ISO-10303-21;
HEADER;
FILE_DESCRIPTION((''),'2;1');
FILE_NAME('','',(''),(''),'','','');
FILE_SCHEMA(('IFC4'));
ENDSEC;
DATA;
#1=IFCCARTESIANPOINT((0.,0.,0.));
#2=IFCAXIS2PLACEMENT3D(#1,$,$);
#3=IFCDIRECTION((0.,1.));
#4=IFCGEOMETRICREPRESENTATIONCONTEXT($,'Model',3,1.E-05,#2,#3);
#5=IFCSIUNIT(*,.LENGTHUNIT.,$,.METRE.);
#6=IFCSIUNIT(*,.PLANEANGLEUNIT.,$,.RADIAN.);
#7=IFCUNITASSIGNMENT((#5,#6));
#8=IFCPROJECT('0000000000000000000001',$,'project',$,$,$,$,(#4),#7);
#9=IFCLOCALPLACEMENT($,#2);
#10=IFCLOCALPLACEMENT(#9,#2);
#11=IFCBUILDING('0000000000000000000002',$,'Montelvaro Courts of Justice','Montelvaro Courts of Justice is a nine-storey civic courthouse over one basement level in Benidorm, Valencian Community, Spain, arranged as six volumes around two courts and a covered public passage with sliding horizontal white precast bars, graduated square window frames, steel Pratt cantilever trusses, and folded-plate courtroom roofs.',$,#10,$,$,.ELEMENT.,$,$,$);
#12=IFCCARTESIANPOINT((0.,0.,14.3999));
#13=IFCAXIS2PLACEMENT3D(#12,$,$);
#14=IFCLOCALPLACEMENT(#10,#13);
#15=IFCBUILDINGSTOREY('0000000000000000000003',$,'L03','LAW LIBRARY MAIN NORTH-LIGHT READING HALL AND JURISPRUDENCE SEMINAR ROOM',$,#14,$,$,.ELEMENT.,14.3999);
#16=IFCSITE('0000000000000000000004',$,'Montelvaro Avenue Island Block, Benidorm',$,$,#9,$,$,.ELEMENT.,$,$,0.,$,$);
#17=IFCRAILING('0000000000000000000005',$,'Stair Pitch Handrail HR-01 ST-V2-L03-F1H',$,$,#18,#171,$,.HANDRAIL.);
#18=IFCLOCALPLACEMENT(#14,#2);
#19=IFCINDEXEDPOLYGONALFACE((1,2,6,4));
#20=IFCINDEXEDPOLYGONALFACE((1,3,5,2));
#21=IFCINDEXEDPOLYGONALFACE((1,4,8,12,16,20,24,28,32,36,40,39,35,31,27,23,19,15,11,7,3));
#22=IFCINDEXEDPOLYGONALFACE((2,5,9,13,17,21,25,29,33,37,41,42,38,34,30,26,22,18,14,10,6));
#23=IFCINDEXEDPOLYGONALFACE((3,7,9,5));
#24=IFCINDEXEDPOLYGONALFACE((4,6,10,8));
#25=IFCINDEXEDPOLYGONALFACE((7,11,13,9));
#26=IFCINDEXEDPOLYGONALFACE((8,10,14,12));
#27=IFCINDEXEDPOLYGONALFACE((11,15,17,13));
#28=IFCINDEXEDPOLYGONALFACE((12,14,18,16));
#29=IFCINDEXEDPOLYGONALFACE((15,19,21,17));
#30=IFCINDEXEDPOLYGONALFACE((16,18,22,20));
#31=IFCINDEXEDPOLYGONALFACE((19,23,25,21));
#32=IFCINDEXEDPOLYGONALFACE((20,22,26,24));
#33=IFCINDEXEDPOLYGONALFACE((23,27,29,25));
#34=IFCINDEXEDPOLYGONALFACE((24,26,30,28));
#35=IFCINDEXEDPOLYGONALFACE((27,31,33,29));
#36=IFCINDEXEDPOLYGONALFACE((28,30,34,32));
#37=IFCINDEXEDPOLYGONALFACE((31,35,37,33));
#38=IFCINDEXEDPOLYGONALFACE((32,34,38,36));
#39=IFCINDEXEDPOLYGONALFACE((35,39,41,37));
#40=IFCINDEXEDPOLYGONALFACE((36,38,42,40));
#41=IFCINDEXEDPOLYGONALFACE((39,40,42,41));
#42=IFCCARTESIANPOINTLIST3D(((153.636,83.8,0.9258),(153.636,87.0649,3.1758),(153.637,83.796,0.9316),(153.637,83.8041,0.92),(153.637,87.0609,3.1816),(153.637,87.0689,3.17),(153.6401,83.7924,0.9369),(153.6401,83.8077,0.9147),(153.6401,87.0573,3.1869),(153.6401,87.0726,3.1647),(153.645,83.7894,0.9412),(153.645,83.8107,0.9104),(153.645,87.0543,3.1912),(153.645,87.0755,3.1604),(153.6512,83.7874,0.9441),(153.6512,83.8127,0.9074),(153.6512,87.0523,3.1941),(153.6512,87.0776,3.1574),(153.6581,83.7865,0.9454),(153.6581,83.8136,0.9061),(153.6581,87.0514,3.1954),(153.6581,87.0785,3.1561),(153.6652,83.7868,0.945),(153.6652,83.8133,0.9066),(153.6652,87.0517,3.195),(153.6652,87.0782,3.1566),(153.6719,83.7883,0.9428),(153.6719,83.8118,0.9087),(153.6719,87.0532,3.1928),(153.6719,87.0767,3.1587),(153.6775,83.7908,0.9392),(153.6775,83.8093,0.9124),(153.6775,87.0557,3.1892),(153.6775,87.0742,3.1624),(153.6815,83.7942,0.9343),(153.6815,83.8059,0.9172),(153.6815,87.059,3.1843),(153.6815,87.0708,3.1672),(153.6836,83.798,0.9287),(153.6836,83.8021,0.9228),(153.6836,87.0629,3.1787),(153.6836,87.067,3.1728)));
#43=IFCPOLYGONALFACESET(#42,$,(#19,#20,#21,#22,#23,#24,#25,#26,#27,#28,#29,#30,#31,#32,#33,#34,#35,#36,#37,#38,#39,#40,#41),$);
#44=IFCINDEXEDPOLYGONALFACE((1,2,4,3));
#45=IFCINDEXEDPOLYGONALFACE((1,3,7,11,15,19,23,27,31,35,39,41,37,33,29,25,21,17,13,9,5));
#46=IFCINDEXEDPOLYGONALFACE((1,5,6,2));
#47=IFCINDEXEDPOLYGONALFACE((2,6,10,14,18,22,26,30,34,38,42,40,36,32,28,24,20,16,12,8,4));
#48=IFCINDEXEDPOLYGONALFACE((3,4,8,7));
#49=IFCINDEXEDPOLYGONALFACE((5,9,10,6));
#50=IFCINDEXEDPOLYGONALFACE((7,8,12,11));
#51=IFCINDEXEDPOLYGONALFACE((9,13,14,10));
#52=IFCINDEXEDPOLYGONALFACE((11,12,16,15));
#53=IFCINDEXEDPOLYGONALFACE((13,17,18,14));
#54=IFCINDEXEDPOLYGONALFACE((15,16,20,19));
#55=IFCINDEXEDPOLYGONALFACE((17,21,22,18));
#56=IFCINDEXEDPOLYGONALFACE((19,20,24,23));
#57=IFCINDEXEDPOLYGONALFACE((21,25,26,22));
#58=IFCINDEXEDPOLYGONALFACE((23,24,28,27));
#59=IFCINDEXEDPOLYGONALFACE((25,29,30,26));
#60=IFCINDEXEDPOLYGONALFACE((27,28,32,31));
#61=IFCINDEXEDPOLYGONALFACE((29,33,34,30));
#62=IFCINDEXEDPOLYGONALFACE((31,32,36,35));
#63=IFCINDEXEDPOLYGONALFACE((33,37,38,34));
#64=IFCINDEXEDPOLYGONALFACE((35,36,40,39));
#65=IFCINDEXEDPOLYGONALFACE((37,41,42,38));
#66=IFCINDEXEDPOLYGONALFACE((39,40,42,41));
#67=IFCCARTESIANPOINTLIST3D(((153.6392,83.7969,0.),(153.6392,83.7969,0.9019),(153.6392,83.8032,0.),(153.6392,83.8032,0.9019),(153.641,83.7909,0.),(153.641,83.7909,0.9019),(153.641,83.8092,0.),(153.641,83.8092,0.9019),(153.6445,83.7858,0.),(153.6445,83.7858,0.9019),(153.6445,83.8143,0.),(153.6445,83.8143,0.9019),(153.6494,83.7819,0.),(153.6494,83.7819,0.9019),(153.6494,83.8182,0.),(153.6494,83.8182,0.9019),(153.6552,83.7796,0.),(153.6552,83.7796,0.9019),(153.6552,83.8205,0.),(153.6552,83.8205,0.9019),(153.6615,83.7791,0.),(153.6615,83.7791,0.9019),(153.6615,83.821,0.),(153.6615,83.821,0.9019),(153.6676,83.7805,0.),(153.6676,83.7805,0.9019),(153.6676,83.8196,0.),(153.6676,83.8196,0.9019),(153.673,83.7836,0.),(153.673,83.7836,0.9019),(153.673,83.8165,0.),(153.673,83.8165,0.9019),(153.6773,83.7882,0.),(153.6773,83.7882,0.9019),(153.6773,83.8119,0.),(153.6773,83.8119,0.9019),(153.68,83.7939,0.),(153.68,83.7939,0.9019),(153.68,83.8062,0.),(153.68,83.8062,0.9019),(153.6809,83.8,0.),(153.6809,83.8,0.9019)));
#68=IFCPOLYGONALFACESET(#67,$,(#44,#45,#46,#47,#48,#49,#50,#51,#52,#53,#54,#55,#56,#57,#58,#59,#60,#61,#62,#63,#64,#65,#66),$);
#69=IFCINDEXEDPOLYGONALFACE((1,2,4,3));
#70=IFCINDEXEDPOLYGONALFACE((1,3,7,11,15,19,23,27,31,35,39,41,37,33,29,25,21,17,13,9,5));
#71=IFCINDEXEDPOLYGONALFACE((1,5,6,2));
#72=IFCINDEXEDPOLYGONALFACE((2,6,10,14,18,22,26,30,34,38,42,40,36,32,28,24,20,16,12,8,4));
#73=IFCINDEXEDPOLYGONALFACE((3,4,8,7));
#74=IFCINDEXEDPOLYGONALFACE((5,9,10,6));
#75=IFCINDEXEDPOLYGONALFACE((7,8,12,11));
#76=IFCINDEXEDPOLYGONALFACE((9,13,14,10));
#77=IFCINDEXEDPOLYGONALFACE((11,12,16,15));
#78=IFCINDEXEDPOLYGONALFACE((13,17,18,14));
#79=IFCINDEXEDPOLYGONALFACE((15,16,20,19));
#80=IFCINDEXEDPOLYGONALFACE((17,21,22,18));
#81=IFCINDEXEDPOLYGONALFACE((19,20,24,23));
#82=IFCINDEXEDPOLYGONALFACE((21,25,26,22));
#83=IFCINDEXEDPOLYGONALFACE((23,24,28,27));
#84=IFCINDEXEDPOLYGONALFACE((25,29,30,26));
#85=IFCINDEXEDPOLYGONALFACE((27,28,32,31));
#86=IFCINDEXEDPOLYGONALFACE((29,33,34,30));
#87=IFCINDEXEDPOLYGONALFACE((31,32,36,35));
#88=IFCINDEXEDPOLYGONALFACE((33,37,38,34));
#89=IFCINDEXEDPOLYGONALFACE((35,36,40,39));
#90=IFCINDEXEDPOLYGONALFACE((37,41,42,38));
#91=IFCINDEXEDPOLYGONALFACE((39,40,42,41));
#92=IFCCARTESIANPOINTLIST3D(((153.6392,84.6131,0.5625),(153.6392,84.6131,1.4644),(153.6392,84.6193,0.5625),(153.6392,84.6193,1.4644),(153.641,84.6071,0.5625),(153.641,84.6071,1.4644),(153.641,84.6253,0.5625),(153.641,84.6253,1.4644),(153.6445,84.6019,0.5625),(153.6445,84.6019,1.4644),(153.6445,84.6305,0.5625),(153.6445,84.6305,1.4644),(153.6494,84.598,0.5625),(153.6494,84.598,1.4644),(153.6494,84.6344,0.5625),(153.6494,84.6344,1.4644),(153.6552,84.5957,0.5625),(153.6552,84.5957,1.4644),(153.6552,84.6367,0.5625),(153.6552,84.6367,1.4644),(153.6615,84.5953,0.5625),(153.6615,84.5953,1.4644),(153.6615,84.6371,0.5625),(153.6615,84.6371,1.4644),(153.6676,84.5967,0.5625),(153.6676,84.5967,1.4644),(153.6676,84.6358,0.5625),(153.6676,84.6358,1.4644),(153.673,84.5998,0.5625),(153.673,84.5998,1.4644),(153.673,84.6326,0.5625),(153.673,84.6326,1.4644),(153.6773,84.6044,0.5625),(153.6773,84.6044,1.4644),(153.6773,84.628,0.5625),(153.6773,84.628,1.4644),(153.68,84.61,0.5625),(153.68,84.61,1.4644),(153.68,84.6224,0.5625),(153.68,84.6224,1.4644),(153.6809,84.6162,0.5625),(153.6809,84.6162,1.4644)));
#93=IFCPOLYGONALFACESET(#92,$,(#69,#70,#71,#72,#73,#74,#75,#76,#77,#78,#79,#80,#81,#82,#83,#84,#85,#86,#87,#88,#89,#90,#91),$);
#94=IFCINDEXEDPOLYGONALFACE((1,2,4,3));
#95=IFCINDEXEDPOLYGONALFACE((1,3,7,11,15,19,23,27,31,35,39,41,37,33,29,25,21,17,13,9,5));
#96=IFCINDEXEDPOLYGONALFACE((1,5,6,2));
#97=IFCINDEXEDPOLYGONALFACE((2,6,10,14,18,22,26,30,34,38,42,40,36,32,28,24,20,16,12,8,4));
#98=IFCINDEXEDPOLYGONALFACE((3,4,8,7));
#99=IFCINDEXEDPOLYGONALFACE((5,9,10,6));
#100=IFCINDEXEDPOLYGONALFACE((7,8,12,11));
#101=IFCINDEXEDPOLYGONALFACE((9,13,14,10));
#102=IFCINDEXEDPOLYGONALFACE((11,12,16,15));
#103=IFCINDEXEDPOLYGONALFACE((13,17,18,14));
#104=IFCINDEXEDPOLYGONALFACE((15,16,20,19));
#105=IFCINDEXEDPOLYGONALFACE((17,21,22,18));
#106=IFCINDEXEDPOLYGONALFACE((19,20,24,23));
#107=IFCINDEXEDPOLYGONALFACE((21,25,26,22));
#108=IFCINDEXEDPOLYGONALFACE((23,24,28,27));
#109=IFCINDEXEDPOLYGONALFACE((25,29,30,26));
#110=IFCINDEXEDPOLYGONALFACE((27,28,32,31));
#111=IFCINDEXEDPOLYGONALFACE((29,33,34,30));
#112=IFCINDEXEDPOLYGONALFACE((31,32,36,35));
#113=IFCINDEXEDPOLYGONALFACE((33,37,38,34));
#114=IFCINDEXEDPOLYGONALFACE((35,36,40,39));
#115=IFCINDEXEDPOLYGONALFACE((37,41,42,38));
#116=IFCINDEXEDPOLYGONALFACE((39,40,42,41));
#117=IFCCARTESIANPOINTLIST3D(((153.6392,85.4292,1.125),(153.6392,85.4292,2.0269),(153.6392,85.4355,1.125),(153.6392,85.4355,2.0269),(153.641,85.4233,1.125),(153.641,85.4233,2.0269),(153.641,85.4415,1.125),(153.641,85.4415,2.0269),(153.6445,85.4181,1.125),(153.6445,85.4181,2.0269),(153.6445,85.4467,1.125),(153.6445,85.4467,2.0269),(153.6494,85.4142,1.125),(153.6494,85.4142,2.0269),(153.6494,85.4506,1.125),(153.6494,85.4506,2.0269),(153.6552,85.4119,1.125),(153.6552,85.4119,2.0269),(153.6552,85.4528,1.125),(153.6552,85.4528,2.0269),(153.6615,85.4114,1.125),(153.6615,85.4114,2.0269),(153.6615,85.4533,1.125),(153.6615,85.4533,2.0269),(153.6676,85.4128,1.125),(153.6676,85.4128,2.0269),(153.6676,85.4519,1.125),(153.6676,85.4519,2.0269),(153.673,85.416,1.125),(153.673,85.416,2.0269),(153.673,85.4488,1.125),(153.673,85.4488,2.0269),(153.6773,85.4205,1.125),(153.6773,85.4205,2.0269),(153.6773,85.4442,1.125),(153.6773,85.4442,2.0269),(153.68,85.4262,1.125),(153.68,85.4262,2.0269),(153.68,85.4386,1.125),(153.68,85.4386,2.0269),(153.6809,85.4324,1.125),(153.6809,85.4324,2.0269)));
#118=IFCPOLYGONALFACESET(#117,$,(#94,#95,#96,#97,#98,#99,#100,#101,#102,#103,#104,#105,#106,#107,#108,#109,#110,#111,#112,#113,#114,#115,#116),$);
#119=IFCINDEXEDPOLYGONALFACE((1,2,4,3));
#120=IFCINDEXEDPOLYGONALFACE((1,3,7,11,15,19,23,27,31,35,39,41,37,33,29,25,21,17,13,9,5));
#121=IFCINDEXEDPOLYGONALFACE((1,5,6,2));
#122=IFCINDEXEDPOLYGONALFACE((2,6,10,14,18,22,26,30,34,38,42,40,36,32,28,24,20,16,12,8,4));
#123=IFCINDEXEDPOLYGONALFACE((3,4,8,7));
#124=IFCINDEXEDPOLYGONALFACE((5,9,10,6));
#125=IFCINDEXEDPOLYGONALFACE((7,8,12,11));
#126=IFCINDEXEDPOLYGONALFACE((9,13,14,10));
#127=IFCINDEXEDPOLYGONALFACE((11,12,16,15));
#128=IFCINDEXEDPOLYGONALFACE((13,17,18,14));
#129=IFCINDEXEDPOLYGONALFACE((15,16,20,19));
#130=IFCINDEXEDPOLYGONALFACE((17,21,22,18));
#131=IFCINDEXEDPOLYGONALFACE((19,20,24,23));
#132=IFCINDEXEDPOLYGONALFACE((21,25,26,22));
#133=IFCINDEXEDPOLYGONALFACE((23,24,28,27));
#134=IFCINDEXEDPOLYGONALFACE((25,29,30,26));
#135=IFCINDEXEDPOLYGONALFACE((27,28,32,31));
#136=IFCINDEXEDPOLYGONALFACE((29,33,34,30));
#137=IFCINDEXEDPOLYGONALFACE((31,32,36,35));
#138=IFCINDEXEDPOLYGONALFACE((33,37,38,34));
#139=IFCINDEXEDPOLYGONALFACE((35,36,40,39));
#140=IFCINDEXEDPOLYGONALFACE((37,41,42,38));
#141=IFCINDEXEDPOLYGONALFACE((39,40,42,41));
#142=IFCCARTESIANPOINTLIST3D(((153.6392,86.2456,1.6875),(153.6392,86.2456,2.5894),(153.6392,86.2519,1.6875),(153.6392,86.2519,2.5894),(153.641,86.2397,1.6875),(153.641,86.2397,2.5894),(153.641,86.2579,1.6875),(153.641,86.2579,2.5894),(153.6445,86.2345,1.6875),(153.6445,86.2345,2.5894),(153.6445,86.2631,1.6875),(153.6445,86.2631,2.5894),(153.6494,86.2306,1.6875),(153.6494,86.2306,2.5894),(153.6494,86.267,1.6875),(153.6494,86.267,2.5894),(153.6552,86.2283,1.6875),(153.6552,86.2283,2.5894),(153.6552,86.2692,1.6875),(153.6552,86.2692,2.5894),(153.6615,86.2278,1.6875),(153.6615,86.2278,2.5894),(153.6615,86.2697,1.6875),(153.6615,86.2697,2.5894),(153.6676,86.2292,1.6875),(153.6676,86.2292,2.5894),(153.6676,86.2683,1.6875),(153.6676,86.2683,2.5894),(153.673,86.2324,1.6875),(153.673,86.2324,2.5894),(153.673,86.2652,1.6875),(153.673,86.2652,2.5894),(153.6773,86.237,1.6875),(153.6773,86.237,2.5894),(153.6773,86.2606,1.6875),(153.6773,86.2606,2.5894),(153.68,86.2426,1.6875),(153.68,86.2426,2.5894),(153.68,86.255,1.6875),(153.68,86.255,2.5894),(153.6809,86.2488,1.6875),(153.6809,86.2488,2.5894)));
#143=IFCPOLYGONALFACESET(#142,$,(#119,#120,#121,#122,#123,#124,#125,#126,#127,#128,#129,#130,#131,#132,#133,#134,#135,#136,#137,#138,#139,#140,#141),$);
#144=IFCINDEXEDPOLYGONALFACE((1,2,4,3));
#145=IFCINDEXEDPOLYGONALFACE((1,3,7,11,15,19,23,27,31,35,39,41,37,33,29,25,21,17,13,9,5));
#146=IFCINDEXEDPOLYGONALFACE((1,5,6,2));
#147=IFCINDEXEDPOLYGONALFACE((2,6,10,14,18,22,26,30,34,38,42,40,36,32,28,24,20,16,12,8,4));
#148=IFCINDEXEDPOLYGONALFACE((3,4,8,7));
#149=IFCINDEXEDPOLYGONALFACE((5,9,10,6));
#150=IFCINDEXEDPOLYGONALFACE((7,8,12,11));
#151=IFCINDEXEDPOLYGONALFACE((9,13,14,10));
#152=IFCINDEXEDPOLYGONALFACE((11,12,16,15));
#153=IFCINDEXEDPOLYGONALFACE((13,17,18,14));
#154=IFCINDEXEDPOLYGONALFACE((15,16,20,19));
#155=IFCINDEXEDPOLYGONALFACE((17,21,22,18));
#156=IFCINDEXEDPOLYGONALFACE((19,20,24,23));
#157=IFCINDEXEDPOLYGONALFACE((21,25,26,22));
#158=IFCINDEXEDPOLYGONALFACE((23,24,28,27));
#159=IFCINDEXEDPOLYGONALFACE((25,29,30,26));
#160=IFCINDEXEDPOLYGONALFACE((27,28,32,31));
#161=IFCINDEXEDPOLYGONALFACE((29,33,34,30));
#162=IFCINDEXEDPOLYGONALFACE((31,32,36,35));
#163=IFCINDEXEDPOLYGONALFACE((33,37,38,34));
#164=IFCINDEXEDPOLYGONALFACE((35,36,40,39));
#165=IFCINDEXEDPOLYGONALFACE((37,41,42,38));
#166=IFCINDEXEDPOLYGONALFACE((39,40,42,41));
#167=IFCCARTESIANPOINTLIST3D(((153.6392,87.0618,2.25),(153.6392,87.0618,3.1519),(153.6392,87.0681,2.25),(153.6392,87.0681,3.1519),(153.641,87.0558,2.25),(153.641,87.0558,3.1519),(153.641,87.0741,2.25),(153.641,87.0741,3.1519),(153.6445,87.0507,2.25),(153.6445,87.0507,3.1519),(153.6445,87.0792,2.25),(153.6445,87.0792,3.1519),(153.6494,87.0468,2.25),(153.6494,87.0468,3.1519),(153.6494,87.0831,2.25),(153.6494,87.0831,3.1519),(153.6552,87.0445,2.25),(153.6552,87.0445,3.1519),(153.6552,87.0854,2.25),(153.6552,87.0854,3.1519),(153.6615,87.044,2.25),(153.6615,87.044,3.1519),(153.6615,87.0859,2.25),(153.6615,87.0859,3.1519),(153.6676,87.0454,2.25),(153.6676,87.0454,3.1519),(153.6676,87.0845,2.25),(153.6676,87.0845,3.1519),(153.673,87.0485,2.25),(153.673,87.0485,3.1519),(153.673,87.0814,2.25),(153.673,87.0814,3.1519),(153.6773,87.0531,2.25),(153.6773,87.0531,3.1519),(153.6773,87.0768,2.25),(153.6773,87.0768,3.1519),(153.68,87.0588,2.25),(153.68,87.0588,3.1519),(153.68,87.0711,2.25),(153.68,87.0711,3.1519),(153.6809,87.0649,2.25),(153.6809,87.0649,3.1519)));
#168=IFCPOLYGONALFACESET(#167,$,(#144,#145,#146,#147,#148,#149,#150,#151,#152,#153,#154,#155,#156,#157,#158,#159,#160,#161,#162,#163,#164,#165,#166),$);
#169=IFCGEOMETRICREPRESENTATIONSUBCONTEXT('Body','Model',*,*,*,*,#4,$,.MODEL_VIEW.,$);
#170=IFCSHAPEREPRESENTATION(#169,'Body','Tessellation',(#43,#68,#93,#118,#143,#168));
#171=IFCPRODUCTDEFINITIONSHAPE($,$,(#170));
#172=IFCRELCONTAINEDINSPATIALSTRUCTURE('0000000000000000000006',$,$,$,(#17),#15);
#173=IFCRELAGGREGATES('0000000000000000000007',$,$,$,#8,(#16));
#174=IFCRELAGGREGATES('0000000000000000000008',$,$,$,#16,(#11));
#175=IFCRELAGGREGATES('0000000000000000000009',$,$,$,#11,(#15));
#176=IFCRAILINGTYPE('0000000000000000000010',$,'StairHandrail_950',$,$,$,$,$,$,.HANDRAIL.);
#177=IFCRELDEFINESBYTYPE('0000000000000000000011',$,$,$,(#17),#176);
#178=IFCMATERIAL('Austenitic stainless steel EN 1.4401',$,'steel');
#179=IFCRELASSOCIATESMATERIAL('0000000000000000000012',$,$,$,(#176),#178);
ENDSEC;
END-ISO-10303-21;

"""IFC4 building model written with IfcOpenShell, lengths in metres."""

from ifc_helpers import new_model, si_unit, direction, frame, origin, origin_2d, place, context, subcontext, project, spatial, circle, extrude, material, type_object, element, save


model = new_model("IFC4")

# Units and contexts
model_context = context("Model", 3, precision=1e-05, world=origin(), true_north=direction((0.0, 1.0)))
body_context = subcontext(model_context, "Body", "Model", "MODEL_VIEW")
ifc_project = project(units=[si_unit("LENGTHUNIT", "METRE"), si_unit("PLANEANGLEUNIT", "RADIAN")], contexts=[model_context])

# Site, building, storey
site_placement = place(None, origin())
site = spatial("IfcSite", under=ifc_project, at=site_placement, Name="Montelvaro Avenue Island Block, Benidorm", CompositionType="ELEMENT", RefElevation=0.0)
building_placement = place(site_placement, origin())
building = spatial("IfcBuilding", under=site, at=building_placement, Name="Montelvaro Courts of Justice", Description="Montelvaro Courts of Justice is a nine-storey civic courthouse over one basement level in Benidorm, Valencian Community, Spain, arranged as six volumes around two courts and a covered public passage with sliding horizontal white precast bars, graduated square window frames, steel Pratt cantilever trusses, and folded-plate courtroom roofs.", CompositionType="ELEMENT")
storey_placement = place(building_placement, frame((0.0, 0.0, 14.3999)))
storey = spatial("IfcBuildingStorey", under=building, at=storey_placement, Name="L03", Description="LAW LIBRARY MAIN NORTH-LIGHT READING HALL AND JURISPRUDENCE SEMINAR ROOM", CompositionType="ELEMENT", Elevation=14.3999)

# Railing
ifc_material_1 = material(Name="Austenitic stainless steel EN 1.4401", Category="steel")
railing_type_1 = type_object("IfcRailingType", Name="StairHandrail_950", PredefinedType="HANDRAIL", material=ifc_material_1)
railing_1_placement = place(storey_placement, frame((153.6599, 83.8, 0.0)))
element("IfcRailing", 1, at=railing_1_placement, inside=storey, type_object=railing_type_1, Name="Stair Pitch Handrail HR-01 ST-V2-L03-F1H", PredefinedType="HANDRAIL", context=body_context, shape_type="SweptSolid", body=[
    extrude(circle(Radius=0.0239, at=origin_2d()), frame((0.0, 0.0, 0.9258), z_axis=(0.0, 0.823407, 0.567451), x_axis=(-1.0, 0.0, 0.0)), (0.0, 0.0, 1.0), 3.9651),
    extrude(circle(Radius=0.021, at=origin_2d()), origin(), (0.0, 0.0, 1.0), 0.9019),
    extrude(circle(Radius=0.021, at=origin_2d()), frame((0.0, 0.8162, 0.5625)), (0.0, 0.0, 1.0), 0.9019),
    extrude(circle(Radius=0.021, at=origin_2d()), frame((0.0, 1.6323, 1.125)), (0.0, 0.0, 1.0), 0.9019),
    extrude(circle(Radius=0.021, at=origin_2d()), frame((0.0, 2.4487, 1.6875)), (0.0, 0.0, 1.0), 0.9019),
    extrude(circle(Radius=0.021, at=origin_2d()), frame((0.0, 3.2649, 2.25)), (0.0, 0.0, 1.0), 0.9019),
])

save(model, "model.ifc")
